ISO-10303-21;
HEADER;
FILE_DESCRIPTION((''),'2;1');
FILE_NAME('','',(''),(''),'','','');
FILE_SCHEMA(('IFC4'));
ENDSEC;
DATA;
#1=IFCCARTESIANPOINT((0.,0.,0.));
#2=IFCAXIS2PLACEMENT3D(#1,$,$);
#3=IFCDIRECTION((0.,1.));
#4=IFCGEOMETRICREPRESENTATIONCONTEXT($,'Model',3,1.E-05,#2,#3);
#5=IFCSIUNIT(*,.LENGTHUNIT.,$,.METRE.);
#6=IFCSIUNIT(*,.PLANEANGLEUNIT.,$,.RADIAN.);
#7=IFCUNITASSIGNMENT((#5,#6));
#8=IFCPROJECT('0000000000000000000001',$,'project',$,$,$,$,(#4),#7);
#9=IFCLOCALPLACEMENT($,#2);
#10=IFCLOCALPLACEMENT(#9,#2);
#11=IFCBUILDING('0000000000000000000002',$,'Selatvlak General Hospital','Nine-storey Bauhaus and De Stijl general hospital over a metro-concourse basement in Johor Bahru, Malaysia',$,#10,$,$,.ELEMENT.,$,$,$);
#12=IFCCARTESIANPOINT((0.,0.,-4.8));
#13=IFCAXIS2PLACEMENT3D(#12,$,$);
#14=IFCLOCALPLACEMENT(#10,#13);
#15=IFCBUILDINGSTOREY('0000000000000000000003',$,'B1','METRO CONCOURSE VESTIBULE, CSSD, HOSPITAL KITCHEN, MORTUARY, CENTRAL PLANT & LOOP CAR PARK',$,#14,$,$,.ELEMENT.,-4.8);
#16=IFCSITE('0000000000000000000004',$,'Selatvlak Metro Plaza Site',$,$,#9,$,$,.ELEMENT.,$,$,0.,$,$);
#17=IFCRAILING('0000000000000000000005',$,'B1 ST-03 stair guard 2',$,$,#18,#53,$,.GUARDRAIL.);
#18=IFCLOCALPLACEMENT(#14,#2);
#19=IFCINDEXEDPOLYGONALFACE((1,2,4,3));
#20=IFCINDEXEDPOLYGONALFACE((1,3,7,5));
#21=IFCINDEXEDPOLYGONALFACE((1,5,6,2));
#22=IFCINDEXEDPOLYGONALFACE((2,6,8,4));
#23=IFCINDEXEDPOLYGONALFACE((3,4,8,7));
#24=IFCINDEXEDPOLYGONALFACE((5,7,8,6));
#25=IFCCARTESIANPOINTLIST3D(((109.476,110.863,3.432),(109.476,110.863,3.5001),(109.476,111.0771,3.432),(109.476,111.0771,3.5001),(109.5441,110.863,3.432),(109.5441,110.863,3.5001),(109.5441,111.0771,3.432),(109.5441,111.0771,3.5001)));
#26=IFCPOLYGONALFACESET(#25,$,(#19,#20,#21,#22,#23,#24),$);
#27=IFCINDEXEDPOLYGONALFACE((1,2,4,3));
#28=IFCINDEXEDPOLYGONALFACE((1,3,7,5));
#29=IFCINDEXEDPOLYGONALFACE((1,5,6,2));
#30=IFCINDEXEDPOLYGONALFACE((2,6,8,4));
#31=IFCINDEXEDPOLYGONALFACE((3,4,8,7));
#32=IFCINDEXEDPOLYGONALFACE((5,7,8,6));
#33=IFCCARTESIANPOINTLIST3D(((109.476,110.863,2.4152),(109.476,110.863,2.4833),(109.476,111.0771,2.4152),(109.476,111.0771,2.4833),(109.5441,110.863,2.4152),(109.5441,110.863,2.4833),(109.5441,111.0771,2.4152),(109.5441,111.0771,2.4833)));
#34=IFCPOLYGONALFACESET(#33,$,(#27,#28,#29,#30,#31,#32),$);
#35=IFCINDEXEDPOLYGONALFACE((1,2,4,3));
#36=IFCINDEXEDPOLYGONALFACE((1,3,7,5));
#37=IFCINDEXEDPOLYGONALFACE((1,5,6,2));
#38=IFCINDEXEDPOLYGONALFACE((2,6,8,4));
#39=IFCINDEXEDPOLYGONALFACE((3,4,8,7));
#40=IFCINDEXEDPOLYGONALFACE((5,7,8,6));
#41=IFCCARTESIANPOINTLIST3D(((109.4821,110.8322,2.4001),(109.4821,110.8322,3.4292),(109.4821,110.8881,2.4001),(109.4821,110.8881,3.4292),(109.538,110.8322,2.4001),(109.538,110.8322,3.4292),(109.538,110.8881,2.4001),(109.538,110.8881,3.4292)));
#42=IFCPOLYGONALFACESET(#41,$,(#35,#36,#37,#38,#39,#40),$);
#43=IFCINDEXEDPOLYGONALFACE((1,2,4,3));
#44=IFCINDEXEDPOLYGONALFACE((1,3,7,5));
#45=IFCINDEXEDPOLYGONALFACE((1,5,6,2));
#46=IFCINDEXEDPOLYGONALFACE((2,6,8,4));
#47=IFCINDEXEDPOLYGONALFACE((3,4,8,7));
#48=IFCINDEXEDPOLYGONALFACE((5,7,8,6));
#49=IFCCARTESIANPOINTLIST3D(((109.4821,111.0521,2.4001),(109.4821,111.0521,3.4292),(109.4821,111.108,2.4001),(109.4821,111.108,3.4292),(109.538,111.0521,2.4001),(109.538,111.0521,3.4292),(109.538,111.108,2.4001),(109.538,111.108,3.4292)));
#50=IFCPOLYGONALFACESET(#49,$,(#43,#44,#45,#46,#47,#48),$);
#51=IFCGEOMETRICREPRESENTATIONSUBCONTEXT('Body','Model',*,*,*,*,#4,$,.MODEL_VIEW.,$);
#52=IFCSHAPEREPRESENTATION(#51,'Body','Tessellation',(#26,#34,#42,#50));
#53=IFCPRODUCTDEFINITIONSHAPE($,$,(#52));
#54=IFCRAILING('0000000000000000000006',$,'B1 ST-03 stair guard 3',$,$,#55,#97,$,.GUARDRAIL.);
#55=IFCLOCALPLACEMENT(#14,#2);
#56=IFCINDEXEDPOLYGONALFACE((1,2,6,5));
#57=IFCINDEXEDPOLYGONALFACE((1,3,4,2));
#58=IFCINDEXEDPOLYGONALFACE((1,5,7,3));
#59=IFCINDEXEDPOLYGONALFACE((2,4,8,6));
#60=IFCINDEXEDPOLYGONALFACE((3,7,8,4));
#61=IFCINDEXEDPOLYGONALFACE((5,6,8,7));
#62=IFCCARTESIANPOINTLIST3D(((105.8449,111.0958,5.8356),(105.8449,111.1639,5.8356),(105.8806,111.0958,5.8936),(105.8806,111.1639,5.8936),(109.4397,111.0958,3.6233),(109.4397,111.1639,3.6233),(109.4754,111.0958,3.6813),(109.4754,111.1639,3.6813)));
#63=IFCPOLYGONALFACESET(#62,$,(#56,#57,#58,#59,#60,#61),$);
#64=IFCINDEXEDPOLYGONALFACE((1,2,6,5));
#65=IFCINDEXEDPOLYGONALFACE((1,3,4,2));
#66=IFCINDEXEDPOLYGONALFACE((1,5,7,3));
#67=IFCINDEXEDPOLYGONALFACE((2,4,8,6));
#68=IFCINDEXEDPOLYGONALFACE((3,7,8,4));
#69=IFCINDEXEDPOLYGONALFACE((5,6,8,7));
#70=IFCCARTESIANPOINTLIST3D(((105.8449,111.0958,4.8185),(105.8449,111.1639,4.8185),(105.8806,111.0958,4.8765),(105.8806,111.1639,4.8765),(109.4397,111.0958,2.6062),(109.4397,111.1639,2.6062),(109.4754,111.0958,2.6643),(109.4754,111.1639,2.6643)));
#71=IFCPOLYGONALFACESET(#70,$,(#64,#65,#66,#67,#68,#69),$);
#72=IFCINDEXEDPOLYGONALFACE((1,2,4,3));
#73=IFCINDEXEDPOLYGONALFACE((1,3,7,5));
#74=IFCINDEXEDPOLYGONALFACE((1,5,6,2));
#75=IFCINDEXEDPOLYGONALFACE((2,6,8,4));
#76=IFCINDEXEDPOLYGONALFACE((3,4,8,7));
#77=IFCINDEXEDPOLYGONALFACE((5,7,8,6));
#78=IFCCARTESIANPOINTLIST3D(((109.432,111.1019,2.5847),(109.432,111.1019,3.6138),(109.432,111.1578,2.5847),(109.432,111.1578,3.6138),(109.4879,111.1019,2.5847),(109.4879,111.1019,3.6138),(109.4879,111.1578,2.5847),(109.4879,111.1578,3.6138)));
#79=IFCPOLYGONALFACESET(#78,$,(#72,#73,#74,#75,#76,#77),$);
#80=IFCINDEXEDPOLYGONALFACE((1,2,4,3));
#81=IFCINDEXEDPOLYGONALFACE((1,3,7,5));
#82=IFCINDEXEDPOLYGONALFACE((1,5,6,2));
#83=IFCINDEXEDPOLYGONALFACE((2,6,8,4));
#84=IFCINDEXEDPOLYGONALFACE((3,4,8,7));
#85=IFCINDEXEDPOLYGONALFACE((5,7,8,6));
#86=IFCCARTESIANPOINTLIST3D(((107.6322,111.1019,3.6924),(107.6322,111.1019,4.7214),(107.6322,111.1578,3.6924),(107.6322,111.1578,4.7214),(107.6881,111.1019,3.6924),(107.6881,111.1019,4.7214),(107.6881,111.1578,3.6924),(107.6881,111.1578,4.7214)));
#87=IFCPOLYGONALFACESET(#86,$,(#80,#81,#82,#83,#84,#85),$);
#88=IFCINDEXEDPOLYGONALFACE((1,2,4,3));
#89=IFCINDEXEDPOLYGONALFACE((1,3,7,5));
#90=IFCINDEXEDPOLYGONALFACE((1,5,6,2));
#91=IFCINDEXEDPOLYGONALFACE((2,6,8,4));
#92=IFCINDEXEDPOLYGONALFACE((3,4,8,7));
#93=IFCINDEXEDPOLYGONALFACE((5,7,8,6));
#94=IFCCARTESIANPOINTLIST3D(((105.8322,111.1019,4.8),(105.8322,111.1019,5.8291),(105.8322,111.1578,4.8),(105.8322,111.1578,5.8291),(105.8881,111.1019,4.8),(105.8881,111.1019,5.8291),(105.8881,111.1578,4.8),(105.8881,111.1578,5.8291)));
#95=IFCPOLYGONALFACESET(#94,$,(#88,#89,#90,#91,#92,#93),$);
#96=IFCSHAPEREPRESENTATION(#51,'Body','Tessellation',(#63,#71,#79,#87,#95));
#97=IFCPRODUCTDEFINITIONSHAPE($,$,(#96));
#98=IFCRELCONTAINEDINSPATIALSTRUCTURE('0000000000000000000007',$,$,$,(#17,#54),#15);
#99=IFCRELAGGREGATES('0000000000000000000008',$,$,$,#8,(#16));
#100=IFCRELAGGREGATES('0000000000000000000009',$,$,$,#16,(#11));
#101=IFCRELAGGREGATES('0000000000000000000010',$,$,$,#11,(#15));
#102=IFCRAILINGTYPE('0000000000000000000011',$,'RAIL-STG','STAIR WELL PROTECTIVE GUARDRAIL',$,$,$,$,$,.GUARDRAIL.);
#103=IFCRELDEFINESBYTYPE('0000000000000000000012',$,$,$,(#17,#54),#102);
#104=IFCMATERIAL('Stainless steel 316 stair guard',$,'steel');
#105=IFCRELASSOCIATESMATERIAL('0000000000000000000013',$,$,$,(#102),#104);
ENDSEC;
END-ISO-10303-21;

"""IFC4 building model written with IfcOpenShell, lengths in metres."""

from ifc_helpers import new_model, si_unit, direction, frame, origin, origin_2d, place, context, subcontext, project, spatial, rectangle, extrude, material, type_object, element, save


model = new_model("IFC4")

# Units and contexts
model_context = context("Model", 3, precision=1e-05, world=origin(), true_north=direction((0.0, 1.0)))
body_context = subcontext(model_context, "Body", "Model", "MODEL_VIEW")
ifc_project = project(units=[si_unit("LENGTHUNIT", "METRE"), si_unit("PLANEANGLEUNIT", "RADIAN")], contexts=[model_context])

# Site, building, storey
site_placement = place(None, origin())
site = spatial("IfcSite", under=ifc_project, at=site_placement, Name="Selatvlak Metro Plaza Site", CompositionType="ELEMENT", RefElevation=0.0)
building_placement = place(site_placement, origin())
building = spatial("IfcBuilding", under=site, at=building_placement, Name="Selatvlak General Hospital", Description="Nine-storey Bauhaus and De Stijl general hospital over a metro-concourse basement in Johor Bahru, Malaysia", CompositionType="ELEMENT")
storey_placement = place(building_placement, frame((0.0, 0.0, -4.8)))
storey = spatial("IfcBuildingStorey", under=building, at=storey_placement, Name="B1", Description="METRO CONCOURSE VESTIBULE, CSSD, HOSPITAL KITCHEN, MORTUARY, CENTRAL PLANT & LOOP CAR PARK", CompositionType="ELEMENT", Elevation=-4.8)

# Railings
ifc_material_1 = material(Name="Stainless steel 316 stair guard", Category="steel")
railing_type_1 = type_object("IfcRailingType", Name="RAIL-STG", Description="STAIR WELL PROTECTIVE GUARDRAIL", PredefinedType="GUARDRAIL", material=ifc_material_1)
railing_1_placement = place(storey_placement, frame((109.51, 110.8601, 2.4001)))
element("IfcRailing", 1, at=railing_1_placement, inside=storey, type_object=railing_type_1, Name="B1 ST-03 stair guard 2", PredefinedType="GUARDRAIL", context=body_context, shape_type="SweptSolid", body=[
    extrude(rectangle(XDim=0.0681, YDim=0.0681, at=origin_2d()), frame((0.0, 0.0029, 1.0659), z_axis=(0.0, 1.0, 0.0), x_axis=(-1.0, 0.0, 0.0)), (0.0, 0.0, 1.0), 0.2141),
    extrude(rectangle(XDim=0.0681, YDim=0.0681, at=origin_2d()), frame((0.0, 0.0029, 0.0491), z_axis=(0.0, 1.0, 0.0), x_axis=(-1.0, 0.0, 0.0)), (0.0, 0.0, 1.0), 0.2141),
    extrude(rectangle(XDim=0.0559, YDim=0.0559, at=origin_2d()), origin(), (0.0, 0.0, 1.0), 1.0291),
    extrude(rectangle(XDim=0.0559, YDim=0.0559, at=origin_2d()), frame((0.0, 0.22, 0.0)), (0.0, 0.0, 1.0), 1.0291),
])
railing_2_placement = place(storey_placement, frame((109.46, 111.1299, 2.5847)))
element("IfcRailing", 2, at=railing_2_placement, inside=storey, type_object=railing_type_1, Name="B1 ST-03 stair guard 3", PredefinedType="GUARDRAIL", context=body_context, shape_type="SweptSolid", body=[
    extrude(rectangle(XDim=0.0681, YDim=0.0681, at=origin_2d()), frame((-0.0024, 0.0, 1.0676), z_axis=(-0.851654, 0.0, 0.524104), x_axis=(0.0, -1.0, 0.0)), (0.0, 0.0, 1.0), 4.2209),
    extrude(rectangle(XDim=0.0681, YDim=0.0681, at=origin_2d()), frame((-0.0024, 0.0, 0.0505), z_axis=(-0.851654, 0.0, 0.524104), x_axis=(0.0, -1.0, 0.0)), (0.0, 0.0, 1.0), 4.2209),
    extrude(rectangle(XDim=0.0559, YDim=0.0559, at=origin_2d()), origin(), (0.0, 0.0, 1.0), 1.0291),
    extrude(rectangle(XDim=0.0559, YDim=0.0559, at=origin_2d()), frame((-1.7998, 0.0, 1.1077)), (0.0, 0.0, 1.0), 1.0291),
    extrude(rectangle(XDim=0.0559, YDim=0.0559, at=origin_2d()), frame((-3.5999, 0.0, 2.2153)), (0.0, 0.0, 1.0), 1.0291),
])

save(model, "model.ifc")
